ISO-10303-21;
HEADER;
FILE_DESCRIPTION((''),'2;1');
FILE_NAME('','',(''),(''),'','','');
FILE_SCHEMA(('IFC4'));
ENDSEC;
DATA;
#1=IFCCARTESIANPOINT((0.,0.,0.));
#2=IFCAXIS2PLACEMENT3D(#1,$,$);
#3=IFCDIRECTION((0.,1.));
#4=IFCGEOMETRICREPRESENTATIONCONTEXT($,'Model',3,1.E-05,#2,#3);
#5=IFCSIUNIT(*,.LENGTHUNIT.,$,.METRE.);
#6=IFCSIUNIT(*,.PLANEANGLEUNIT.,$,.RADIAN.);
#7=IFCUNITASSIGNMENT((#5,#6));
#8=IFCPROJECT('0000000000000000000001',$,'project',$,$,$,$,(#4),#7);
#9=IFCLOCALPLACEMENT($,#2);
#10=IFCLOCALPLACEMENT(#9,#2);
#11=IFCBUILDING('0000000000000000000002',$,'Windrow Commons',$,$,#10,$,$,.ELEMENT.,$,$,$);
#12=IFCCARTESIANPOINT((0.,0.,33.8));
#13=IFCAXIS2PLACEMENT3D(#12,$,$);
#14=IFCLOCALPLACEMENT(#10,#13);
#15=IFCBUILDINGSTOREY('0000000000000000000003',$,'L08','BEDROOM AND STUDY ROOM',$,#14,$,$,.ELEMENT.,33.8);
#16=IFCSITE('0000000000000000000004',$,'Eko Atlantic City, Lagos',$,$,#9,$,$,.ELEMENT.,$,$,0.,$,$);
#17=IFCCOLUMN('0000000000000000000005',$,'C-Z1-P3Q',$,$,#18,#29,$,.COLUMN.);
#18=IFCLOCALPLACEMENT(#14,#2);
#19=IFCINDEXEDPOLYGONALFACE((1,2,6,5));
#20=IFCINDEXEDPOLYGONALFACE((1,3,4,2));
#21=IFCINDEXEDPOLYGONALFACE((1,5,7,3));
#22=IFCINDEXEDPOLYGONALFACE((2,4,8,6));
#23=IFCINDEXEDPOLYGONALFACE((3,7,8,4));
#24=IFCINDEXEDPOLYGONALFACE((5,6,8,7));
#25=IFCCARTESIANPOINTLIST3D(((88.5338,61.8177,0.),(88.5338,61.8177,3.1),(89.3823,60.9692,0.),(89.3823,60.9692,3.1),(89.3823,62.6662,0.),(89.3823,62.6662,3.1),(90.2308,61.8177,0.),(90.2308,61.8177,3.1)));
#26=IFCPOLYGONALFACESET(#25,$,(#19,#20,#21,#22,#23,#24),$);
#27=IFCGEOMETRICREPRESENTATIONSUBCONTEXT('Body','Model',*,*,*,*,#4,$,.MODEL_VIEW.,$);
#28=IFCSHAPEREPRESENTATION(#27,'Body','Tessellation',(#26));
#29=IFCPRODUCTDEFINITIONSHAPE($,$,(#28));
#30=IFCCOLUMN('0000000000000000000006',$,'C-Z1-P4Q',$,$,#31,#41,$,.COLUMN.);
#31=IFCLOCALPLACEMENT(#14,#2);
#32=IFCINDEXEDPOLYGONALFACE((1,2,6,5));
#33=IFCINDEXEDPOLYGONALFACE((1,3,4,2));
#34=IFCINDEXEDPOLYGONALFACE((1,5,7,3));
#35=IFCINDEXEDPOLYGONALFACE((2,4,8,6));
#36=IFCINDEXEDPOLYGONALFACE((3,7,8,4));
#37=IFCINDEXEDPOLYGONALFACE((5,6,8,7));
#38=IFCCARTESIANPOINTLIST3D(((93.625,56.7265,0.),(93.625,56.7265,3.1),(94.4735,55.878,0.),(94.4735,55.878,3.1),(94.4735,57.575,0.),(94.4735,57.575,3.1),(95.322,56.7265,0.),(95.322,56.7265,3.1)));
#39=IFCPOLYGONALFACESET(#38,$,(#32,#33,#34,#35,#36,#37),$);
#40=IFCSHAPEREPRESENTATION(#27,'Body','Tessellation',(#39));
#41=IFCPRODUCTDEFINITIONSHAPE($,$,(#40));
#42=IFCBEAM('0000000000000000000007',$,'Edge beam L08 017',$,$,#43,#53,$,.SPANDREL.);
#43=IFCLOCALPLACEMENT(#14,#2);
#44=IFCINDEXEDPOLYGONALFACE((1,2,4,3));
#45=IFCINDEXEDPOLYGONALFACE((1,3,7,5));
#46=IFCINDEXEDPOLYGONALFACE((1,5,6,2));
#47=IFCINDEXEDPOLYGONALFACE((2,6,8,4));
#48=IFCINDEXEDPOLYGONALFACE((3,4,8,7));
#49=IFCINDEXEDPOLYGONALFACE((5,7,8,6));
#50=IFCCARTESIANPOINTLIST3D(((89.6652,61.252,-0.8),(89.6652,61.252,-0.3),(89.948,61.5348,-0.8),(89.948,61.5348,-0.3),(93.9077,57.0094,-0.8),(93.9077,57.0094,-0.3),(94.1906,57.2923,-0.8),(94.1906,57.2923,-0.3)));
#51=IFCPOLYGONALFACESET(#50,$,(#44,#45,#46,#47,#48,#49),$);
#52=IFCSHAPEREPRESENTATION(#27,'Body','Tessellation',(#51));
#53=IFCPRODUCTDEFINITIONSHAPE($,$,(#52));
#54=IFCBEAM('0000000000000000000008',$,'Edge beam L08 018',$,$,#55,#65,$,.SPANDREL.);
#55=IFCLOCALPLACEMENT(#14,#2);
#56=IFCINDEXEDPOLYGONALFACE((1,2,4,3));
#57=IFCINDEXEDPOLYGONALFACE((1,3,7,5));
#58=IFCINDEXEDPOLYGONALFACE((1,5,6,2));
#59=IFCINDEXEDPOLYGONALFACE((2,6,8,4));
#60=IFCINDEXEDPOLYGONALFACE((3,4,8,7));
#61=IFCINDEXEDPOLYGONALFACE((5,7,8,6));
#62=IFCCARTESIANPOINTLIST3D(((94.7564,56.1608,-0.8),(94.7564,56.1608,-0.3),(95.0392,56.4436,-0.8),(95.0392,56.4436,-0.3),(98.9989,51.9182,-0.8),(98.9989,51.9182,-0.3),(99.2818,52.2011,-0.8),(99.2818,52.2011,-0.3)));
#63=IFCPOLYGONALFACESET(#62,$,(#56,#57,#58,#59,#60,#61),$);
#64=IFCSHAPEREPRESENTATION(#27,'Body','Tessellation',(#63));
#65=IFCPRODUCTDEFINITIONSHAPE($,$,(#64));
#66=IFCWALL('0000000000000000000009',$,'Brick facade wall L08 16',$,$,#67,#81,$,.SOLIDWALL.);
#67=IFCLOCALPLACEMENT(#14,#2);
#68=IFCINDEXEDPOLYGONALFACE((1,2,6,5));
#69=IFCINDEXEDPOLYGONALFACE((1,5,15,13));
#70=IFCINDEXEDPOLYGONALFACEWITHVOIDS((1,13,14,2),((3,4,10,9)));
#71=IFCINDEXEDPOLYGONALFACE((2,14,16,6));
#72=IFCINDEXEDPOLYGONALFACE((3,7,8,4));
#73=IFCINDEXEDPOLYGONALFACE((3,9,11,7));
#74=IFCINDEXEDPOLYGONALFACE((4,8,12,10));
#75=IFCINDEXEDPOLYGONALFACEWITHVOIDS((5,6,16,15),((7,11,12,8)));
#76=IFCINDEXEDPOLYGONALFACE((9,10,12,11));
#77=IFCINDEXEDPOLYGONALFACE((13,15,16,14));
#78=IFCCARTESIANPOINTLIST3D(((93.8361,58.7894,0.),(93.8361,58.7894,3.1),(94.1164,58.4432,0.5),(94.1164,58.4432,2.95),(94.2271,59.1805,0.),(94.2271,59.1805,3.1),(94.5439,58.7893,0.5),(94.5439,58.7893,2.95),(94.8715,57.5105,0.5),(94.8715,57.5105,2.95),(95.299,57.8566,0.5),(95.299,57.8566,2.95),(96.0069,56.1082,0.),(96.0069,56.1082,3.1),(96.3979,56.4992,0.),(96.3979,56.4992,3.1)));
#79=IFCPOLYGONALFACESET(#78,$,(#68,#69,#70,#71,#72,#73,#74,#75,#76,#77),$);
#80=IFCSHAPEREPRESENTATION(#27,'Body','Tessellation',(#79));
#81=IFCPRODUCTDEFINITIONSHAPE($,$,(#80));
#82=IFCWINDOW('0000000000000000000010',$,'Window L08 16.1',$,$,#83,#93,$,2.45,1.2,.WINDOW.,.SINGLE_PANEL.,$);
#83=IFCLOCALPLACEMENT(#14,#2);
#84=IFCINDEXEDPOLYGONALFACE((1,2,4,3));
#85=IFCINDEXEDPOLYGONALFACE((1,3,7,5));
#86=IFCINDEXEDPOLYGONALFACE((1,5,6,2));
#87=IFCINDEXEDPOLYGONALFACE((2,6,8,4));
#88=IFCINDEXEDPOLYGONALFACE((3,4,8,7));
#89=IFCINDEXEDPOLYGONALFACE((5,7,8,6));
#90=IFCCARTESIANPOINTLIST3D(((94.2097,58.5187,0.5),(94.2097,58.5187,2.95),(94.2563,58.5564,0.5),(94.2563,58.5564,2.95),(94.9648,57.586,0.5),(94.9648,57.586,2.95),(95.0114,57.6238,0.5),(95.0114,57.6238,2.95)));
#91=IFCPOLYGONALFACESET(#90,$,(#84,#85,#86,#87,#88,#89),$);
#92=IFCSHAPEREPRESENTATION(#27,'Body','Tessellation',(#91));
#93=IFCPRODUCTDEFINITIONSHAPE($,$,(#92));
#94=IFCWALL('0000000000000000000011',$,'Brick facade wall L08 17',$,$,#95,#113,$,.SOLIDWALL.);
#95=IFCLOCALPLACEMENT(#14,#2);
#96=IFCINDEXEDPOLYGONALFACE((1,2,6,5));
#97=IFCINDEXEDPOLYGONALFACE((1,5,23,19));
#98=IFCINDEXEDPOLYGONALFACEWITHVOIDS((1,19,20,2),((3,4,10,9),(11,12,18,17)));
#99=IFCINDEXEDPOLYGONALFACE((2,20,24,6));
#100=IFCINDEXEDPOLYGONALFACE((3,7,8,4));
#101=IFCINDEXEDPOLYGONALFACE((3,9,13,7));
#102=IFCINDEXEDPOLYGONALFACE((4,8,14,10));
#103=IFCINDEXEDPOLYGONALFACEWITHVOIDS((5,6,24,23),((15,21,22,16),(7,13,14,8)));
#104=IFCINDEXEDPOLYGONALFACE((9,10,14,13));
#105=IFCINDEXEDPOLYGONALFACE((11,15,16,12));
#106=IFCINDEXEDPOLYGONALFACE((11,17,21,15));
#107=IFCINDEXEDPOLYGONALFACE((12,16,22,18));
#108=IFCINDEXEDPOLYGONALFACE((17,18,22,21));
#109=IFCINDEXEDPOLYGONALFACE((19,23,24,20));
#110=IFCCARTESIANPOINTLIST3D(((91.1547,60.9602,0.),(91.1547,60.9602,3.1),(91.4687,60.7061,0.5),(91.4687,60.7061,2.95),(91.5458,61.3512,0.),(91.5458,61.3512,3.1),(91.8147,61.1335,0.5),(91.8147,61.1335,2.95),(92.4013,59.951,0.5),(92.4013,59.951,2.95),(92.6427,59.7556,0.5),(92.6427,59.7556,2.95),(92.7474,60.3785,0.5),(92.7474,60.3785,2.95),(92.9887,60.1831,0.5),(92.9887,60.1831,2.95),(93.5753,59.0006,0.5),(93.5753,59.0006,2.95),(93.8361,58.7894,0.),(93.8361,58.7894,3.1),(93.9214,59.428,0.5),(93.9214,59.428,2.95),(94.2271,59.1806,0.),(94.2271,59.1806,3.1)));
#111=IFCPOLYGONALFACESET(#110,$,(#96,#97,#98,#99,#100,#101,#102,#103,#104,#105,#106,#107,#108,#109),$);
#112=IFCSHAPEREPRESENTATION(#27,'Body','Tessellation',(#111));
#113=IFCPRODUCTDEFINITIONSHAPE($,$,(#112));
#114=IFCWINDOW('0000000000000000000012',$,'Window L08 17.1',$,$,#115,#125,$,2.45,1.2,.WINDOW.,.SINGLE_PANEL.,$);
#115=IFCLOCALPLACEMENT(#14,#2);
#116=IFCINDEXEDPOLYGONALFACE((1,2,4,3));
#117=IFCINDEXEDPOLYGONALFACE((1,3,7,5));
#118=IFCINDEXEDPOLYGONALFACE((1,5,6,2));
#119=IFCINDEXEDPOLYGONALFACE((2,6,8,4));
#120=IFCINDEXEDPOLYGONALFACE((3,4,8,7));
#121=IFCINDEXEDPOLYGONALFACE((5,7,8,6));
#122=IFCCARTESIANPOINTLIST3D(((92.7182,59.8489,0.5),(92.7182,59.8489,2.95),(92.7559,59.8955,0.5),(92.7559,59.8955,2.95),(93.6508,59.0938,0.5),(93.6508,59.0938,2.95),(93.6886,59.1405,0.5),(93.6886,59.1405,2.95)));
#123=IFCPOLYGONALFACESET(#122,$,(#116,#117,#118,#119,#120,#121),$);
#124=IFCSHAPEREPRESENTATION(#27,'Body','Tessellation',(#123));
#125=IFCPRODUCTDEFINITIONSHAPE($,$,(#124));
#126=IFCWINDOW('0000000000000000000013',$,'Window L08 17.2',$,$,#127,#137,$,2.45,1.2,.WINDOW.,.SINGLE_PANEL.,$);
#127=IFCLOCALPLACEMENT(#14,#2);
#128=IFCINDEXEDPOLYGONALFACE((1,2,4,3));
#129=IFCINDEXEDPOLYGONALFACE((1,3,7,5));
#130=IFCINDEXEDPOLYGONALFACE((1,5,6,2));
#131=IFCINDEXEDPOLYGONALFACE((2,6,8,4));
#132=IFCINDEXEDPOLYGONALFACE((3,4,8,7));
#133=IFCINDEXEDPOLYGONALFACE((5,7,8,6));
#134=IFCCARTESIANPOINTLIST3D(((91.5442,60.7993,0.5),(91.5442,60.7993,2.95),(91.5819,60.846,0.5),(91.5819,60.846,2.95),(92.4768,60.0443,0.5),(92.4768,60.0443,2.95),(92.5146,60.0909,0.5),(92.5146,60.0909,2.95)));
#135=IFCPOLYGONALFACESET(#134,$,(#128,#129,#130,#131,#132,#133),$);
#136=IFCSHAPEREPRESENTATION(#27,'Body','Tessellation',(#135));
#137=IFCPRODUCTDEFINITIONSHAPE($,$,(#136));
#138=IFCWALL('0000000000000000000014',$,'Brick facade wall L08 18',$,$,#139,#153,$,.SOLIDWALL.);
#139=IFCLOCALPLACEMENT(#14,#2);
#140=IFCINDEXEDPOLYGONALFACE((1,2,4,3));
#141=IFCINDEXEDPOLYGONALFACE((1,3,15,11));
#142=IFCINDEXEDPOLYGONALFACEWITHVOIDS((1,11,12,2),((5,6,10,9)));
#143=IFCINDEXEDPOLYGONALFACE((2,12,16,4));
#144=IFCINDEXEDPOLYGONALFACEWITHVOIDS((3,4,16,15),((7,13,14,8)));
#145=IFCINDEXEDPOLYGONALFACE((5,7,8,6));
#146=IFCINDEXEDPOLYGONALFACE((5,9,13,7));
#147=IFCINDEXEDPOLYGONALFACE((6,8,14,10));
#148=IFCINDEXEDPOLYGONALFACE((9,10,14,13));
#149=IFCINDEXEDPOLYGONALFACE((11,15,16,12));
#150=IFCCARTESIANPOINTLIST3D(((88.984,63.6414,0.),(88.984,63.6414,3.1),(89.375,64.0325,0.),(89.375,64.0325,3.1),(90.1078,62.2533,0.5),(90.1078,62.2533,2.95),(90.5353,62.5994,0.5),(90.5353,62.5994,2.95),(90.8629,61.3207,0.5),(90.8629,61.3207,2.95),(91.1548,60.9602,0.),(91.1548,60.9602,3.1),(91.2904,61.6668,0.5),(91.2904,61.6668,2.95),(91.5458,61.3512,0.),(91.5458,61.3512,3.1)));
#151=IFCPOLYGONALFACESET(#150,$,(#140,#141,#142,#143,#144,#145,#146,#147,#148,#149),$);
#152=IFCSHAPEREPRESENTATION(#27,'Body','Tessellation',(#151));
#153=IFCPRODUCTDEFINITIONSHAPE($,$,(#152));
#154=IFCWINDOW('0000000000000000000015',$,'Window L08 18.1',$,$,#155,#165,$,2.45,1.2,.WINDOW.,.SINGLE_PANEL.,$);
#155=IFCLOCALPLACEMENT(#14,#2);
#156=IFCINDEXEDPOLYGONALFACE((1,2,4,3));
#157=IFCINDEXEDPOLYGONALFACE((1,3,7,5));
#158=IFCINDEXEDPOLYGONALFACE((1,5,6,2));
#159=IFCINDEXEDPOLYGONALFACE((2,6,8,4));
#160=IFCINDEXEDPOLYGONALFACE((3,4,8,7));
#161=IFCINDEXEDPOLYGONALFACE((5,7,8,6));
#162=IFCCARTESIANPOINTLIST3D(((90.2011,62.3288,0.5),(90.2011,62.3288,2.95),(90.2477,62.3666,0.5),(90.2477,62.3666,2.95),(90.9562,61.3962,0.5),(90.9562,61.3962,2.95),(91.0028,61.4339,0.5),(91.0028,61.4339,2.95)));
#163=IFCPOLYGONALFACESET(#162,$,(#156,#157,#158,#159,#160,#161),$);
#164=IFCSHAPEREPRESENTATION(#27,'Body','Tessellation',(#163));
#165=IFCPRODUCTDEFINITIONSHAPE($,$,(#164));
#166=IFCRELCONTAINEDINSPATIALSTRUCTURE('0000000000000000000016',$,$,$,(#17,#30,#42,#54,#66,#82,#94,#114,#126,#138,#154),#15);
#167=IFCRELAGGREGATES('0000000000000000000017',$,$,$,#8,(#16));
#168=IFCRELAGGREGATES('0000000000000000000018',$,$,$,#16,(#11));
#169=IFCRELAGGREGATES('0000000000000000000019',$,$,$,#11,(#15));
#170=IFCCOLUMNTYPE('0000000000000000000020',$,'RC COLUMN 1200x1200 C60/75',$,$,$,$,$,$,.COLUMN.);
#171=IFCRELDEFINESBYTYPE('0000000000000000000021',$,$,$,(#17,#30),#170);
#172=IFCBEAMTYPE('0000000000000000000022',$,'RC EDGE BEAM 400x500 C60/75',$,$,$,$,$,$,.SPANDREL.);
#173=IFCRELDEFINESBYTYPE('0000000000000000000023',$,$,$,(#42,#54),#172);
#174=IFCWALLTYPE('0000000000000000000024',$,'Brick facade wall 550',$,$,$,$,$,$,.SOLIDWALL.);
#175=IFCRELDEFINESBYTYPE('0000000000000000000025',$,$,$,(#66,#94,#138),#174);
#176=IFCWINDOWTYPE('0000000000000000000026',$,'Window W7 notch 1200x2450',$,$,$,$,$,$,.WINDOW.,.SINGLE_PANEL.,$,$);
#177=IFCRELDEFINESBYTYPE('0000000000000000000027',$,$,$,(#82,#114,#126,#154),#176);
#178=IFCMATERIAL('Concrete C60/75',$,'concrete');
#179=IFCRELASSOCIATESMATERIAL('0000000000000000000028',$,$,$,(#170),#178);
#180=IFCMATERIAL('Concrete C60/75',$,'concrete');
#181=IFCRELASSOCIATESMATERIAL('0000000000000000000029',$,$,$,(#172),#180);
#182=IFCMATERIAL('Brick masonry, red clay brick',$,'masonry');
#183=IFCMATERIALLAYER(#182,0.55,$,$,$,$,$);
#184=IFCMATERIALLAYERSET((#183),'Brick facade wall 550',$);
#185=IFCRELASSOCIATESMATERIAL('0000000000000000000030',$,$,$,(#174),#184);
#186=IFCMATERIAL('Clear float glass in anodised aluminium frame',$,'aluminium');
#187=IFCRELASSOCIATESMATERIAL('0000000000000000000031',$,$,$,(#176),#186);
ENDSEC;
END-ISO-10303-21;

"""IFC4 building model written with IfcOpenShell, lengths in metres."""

from ifc_helpers import new_model, si_unit, direction, frame, frame_2d, origin, origin_2d, place, context, subcontext, project, spatial, polyline, rectangle, outline, extrude, material, layer, layer_set, material_profile, profile_set, type_object, element, fill, save


model = new_model("IFC4")

# Units and contexts
model_context = context("Model", 3, precision=1e-05, world=origin(), true_north=direction((0.0, 1.0)))
body_context = subcontext(model_context, "Body", "Model", "MODEL_VIEW")
ifc_project = project(units=[si_unit("LENGTHUNIT", "METRE"), si_unit("PLANEANGLEUNIT", "RADIAN")], contexts=[model_context])

# Site, building, storey
site_placement = place(None, origin())
site = spatial("IfcSite", under=ifc_project, at=site_placement, Name="Eko Atlantic City, Lagos", CompositionType="ELEMENT", RefElevation=0.0)
building_placement = place(site_placement, origin())
building = spatial("IfcBuilding", under=site, at=building_placement, Name="Windrow Commons", CompositionType="ELEMENT")
storey_placement = place(building_placement, frame((0.0, 0.0, 33.8)))
storey = spatial("IfcBuildingStorey", under=building, at=storey_placement, Name="L08", Description="BEDROOM AND STUDY ROOM", CompositionType="ELEMENT", Elevation=33.8)

# Columns
ifc_material_1 = material(Name="Concrete C60/75", Category="concrete")
ifc_material_profile_1 = material_profile(ifc_material_1, rectangle(XDim=1.2, YDim=1.2, at=origin_2d()))
ifc_profile_set_1 = profile_set([ifc_material_profile_1], Name="Concrete C60/75")
column_type = type_object("IfcColumnType", Name="RC COLUMN 1200x1200 C60/75", PredefinedType="COLUMN", material=ifc_profile_set_1)
for number, where, z_axis, x_axis, name in (
    (1, (89.3823, 61.8177, 0.0), (0.0, 0.0, 1.0), (0.707107, -0.707107, 0.0), "C-Z1-P3Q"),
    (2, (94.4735, 56.7265, 0.0), (0.0, 0.0, 1.0), (0.707107, -0.707107, 0.0), "C-Z1-P4Q"),
):
    element("IfcColumn", number, at=place(storey_placement, frame(where, z_axis=z_axis, x_axis=x_axis)), inside=storey, type_object=column_type, Name=name, PredefinedType="COLUMN", context=body_context, shape_type="SweptSolid", body=[
        extrude(rectangle(XDim=1.2, YDim=1.2, at=origin_2d()), origin(), (0.0, 0.0, 1.0), 3.1),
    ])

# Beams
ifc_material_2 = material(Name="Concrete C60/75", Category="concrete")
ifc_material_profile_2 = material_profile(ifc_material_2, rectangle(XDim=0.4, YDim=0.5, at=origin_2d()))
ifc_profile_set_2 = profile_set([ifc_material_profile_2], Name="Concrete C60/75")
beam_type = type_object("IfcBeamType", Name="RC EDGE BEAM 400x500 C60/75", PredefinedType="SPANDREL", material=ifc_profile_set_2)
for number, where, z_axis, x_axis, name in (
    (3, (89.8066, 61.3934, -0.55), (0.707107, -0.707107, 0.0), (0.707107, 0.707107, 0.0), "Edge beam L08 017"),
    (4, (94.8978, 56.3022, -0.55), (0.707107, -0.707107, 0.0), (0.707107, 0.707107, 0.0), "Edge beam L08 018"),
):
    element("IfcBeam", number, at=place(storey_placement, frame(where, z_axis=z_axis, x_axis=x_axis)), inside=storey, type_object=beam_type, Name=name, PredefinedType="SPANDREL", context=body_context, shape_type="SweptSolid", body=[
        extrude(rectangle(XDim=0.4, YDim=0.5, at=origin_2d()), origin(), (0.0, 0.0, 1.0), 5.9999),
    ])

# Wall, opening, window
ifc_material_3 = material(Name="Brick masonry, red clay brick", Category="masonry")
ifc_layer_1 = layer(ifc_material_3, 0.55)
ifc_layer_set_1 = layer_set([ifc_layer_1], Name="Brick facade wall 550")
wall_type_1 = type_object("IfcWallType", Name="Brick facade wall 550", PredefinedType="SOLIDWALL", material=ifc_layer_set_1)
wall_1_placement = place(storey_placement, frame((96.2024, 56.3037, 0.0), z_axis=(0.0, 0.0, 1.0), x_axis=(-0.629237, 0.777213, 0.0)))
wall_1 = element("IfcWall", 5, at=wall_1_placement, inside=storey, type_object=wall_type_1, Name="Brick facade wall L08 16", PredefinedType="SOLIDWALL", context=body_context, shape_type="SweptSolid", body=[
    extrude(outline(polyline([(0.0289, -0.275), (3.4788, -0.275), (3.4209, 0.275), (-0.0289, 0.275), (0.0289, -0.275)])), origin(), (0.0, 0.0, 1.0), 3.1),
])
opening_1_placement = place(wall_1_placement, frame((1.7754, 0.0, 0.5)))
opening_1 = element("IfcOpeningElement", 6, at=opening_1_placement, cuts=wall_1, PredefinedType="OPENING", context=body_context, shape_type="SweptSolid", body=[
    extrude(rectangle(XDim=1.2, YDim=2.45, at=frame_2d((0.6, 1.225))), frame((0.0, 0.285, 0.0), z_axis=(0.0, -1.0, 0.0), x_axis=(1.0, 0.0, 0.0)), (0.0, 0.0, 1.0), 0.57),
])
ifc_material_4 = material(Name="Clear float glass in anodised aluminium frame", Category="aluminium")
window_type = type_object("IfcWindowType", Name="Window W7 notch 1200x2450", PartitioningType="SINGLE_PANEL", PredefinedType="WINDOW", material=ifc_material_4)
window_1_placement = place(opening_1_placement, origin())
window_1 = element("IfcWindow", 7, at=window_1_placement, inside=storey, type_object=window_type, Name="Window L08 16.1", OverallHeight=2.45, OverallWidth=1.2, PartitioningType="SINGLE_PANEL", PredefinedType="WINDOW", context=body_context, shape_type="SweptSolid", body=[
    extrude(rectangle(XDim=1.2, YDim=2.45, at=frame_2d((0.6, 1.225))), frame((0.0, 0.155, 0.0), z_axis=(0.0, -1.0, 0.0), x_axis=(1.0, 0.0, 0.0)), (0.0, 0.0, 1.0), 0.06),
])
fill(opening_1, window_1)

# Wall, openings, windows
wall_2_placement = place(storey_placement, frame((94.0316, 58.985, 0.0), z_axis=(0.0, 0.0, 1.0), x_axis=(-0.777227, 0.62922, 0.0)))
wall_2 = element("IfcWall", 8, at=wall_2_placement, inside=storey, type_object=wall_type_1, Name="Brick facade wall L08 17", PredefinedType="SOLIDWALL", context=body_context, shape_type="SweptSolid", body=[
    extrude(outline(polyline([(-0.0289, -0.275), (3.4209, -0.275), (3.4788, 0.275), (0.0289, 0.275), (-0.0289, -0.275)])), origin(), (0.0, 0.0, 1.0), 3.1),
])
opening_2_placement = place(wall_2_placement, frame((0.3644, 0.0, 0.5)))
opening_2 = element("IfcOpeningElement", 9, at=opening_2_placement, cuts=wall_2, PredefinedType="OPENING", context=body_context, shape_type="SweptSolid", body=[
    extrude(rectangle(XDim=1.2, YDim=2.45, at=frame_2d((0.6, 1.225))), frame((0.0, 0.285, 0.0), z_axis=(0.0, -1.0, 0.0), x_axis=(1.0, 0.0, 0.0)), (0.0, 0.0, 1.0), 0.57),
])
opening_3_placement = place(wall_2_placement, frame((1.8749, 0.0, 0.5)))
opening_3 = element("IfcOpeningElement", 10, at=opening_3_placement, cuts=wall_2, PredefinedType="OPENING", context=body_context, shape_type="SweptSolid", body=[
    extrude(rectangle(XDim=1.2, YDim=2.45, at=frame_2d((0.6, 1.225))), frame((0.0, 0.285, 0.0), z_axis=(0.0, -1.0, 0.0), x_axis=(1.0, 0.0, 0.0)), (0.0, 0.0, 1.0), 0.57),
])
window_2_placement = place(opening_2_placement, origin())
window_2 = element("IfcWindow", 11, at=window_2_placement, inside=storey, type_object=window_type, Name="Window L08 17.1", OverallHeight=2.45, OverallWidth=1.2, PartitioningType="SINGLE_PANEL", PredefinedType="WINDOW", context=body_context, shape_type="SweptSolid", body=[
    extrude(rectangle(XDim=1.2, YDim=2.45, at=frame_2d((0.6, 1.225))), frame((0.0, 0.155, 0.0), z_axis=(0.0, -1.0, 0.0), x_axis=(1.0, 0.0, 0.0)), (0.0, 0.0, 1.0), 0.06),
])
fill(opening_2, window_2)
window_3_placement = place(opening_3_placement, origin())
window_3 = element("IfcWindow", 12, at=window_3_placement, inside=storey, type_object=window_type, Name="Window L08 17.2", OverallHeight=2.45, OverallWidth=1.2, PartitioningType="SINGLE_PANEL", PredefinedType="WINDOW", context=body_context, shape_type="SweptSolid", body=[
    extrude(rectangle(XDim=1.2, YDim=2.45, at=frame_2d((0.6, 1.225))), frame((0.0, 0.155, 0.0), z_axis=(0.0, -1.0, 0.0), x_axis=(1.0, 0.0, 0.0)), (0.0, 0.0, 1.0), 0.06),
])
fill(opening_3, window_3)

# Wall, opening, window
wall_3_placement = place(storey_placement, frame((91.3503, 61.1557, 0.0), z_axis=(0.0, 0.0, 1.0), x_axis=(-0.629237, 0.777213, 0.0)))
wall_3 = element("IfcWall", 13, at=wall_3_placement, inside=storey, type_object=wall_type_1, Name="Brick facade wall L08 18", PredefinedType="SOLIDWALL", context=body_context, shape_type="SweptSolid", body=[
    extrude(outline(polyline([(0.0289, -0.275), (3.4788, -0.275), (3.4209, 0.275), (-0.0289, 0.275), (0.0289, -0.275)])), origin(), (0.0, 0.0, 1.0), 3.1),
])
opening_4_placement = place(wall_3_placement, frame((0.4349, 0.0, 0.5)))
opening_4 = element("IfcOpeningElement", 14, at=opening_4_placement, cuts=wall_3, PredefinedType="OPENING", context=body_context, shape_type="SweptSolid", body=[
    extrude(rectangle(XDim=1.2, YDim=2.45, at=frame_2d((0.6, 1.225))), frame((0.0, 0.285, 0.0), z_axis=(0.0, -1.0, 0.0), x_axis=(1.0, 0.0, 0.0)), (0.0, 0.0, 1.0), 0.57),
])
window_4_placement = place(opening_4_placement, origin())
window_4 = element("IfcWindow", 15, at=window_4_placement, inside=storey, type_object=window_type, Name="Window L08 18.1", OverallHeight=2.45, OverallWidth=1.2, PartitioningType="SINGLE_PANEL", PredefinedType="WINDOW", context=body_context, shape_type="SweptSolid", body=[
    extrude(rectangle(XDim=1.2, YDim=2.45, at=frame_2d((0.6, 1.225))), frame((0.0, 0.155, 0.0), z_axis=(0.0, -1.0, 0.0), x_axis=(1.0, 0.0, 0.0)), (0.0, 0.0, 1.0), 0.06),
])
fill(opening_4, window_4)

save(model, "model.ifc")
